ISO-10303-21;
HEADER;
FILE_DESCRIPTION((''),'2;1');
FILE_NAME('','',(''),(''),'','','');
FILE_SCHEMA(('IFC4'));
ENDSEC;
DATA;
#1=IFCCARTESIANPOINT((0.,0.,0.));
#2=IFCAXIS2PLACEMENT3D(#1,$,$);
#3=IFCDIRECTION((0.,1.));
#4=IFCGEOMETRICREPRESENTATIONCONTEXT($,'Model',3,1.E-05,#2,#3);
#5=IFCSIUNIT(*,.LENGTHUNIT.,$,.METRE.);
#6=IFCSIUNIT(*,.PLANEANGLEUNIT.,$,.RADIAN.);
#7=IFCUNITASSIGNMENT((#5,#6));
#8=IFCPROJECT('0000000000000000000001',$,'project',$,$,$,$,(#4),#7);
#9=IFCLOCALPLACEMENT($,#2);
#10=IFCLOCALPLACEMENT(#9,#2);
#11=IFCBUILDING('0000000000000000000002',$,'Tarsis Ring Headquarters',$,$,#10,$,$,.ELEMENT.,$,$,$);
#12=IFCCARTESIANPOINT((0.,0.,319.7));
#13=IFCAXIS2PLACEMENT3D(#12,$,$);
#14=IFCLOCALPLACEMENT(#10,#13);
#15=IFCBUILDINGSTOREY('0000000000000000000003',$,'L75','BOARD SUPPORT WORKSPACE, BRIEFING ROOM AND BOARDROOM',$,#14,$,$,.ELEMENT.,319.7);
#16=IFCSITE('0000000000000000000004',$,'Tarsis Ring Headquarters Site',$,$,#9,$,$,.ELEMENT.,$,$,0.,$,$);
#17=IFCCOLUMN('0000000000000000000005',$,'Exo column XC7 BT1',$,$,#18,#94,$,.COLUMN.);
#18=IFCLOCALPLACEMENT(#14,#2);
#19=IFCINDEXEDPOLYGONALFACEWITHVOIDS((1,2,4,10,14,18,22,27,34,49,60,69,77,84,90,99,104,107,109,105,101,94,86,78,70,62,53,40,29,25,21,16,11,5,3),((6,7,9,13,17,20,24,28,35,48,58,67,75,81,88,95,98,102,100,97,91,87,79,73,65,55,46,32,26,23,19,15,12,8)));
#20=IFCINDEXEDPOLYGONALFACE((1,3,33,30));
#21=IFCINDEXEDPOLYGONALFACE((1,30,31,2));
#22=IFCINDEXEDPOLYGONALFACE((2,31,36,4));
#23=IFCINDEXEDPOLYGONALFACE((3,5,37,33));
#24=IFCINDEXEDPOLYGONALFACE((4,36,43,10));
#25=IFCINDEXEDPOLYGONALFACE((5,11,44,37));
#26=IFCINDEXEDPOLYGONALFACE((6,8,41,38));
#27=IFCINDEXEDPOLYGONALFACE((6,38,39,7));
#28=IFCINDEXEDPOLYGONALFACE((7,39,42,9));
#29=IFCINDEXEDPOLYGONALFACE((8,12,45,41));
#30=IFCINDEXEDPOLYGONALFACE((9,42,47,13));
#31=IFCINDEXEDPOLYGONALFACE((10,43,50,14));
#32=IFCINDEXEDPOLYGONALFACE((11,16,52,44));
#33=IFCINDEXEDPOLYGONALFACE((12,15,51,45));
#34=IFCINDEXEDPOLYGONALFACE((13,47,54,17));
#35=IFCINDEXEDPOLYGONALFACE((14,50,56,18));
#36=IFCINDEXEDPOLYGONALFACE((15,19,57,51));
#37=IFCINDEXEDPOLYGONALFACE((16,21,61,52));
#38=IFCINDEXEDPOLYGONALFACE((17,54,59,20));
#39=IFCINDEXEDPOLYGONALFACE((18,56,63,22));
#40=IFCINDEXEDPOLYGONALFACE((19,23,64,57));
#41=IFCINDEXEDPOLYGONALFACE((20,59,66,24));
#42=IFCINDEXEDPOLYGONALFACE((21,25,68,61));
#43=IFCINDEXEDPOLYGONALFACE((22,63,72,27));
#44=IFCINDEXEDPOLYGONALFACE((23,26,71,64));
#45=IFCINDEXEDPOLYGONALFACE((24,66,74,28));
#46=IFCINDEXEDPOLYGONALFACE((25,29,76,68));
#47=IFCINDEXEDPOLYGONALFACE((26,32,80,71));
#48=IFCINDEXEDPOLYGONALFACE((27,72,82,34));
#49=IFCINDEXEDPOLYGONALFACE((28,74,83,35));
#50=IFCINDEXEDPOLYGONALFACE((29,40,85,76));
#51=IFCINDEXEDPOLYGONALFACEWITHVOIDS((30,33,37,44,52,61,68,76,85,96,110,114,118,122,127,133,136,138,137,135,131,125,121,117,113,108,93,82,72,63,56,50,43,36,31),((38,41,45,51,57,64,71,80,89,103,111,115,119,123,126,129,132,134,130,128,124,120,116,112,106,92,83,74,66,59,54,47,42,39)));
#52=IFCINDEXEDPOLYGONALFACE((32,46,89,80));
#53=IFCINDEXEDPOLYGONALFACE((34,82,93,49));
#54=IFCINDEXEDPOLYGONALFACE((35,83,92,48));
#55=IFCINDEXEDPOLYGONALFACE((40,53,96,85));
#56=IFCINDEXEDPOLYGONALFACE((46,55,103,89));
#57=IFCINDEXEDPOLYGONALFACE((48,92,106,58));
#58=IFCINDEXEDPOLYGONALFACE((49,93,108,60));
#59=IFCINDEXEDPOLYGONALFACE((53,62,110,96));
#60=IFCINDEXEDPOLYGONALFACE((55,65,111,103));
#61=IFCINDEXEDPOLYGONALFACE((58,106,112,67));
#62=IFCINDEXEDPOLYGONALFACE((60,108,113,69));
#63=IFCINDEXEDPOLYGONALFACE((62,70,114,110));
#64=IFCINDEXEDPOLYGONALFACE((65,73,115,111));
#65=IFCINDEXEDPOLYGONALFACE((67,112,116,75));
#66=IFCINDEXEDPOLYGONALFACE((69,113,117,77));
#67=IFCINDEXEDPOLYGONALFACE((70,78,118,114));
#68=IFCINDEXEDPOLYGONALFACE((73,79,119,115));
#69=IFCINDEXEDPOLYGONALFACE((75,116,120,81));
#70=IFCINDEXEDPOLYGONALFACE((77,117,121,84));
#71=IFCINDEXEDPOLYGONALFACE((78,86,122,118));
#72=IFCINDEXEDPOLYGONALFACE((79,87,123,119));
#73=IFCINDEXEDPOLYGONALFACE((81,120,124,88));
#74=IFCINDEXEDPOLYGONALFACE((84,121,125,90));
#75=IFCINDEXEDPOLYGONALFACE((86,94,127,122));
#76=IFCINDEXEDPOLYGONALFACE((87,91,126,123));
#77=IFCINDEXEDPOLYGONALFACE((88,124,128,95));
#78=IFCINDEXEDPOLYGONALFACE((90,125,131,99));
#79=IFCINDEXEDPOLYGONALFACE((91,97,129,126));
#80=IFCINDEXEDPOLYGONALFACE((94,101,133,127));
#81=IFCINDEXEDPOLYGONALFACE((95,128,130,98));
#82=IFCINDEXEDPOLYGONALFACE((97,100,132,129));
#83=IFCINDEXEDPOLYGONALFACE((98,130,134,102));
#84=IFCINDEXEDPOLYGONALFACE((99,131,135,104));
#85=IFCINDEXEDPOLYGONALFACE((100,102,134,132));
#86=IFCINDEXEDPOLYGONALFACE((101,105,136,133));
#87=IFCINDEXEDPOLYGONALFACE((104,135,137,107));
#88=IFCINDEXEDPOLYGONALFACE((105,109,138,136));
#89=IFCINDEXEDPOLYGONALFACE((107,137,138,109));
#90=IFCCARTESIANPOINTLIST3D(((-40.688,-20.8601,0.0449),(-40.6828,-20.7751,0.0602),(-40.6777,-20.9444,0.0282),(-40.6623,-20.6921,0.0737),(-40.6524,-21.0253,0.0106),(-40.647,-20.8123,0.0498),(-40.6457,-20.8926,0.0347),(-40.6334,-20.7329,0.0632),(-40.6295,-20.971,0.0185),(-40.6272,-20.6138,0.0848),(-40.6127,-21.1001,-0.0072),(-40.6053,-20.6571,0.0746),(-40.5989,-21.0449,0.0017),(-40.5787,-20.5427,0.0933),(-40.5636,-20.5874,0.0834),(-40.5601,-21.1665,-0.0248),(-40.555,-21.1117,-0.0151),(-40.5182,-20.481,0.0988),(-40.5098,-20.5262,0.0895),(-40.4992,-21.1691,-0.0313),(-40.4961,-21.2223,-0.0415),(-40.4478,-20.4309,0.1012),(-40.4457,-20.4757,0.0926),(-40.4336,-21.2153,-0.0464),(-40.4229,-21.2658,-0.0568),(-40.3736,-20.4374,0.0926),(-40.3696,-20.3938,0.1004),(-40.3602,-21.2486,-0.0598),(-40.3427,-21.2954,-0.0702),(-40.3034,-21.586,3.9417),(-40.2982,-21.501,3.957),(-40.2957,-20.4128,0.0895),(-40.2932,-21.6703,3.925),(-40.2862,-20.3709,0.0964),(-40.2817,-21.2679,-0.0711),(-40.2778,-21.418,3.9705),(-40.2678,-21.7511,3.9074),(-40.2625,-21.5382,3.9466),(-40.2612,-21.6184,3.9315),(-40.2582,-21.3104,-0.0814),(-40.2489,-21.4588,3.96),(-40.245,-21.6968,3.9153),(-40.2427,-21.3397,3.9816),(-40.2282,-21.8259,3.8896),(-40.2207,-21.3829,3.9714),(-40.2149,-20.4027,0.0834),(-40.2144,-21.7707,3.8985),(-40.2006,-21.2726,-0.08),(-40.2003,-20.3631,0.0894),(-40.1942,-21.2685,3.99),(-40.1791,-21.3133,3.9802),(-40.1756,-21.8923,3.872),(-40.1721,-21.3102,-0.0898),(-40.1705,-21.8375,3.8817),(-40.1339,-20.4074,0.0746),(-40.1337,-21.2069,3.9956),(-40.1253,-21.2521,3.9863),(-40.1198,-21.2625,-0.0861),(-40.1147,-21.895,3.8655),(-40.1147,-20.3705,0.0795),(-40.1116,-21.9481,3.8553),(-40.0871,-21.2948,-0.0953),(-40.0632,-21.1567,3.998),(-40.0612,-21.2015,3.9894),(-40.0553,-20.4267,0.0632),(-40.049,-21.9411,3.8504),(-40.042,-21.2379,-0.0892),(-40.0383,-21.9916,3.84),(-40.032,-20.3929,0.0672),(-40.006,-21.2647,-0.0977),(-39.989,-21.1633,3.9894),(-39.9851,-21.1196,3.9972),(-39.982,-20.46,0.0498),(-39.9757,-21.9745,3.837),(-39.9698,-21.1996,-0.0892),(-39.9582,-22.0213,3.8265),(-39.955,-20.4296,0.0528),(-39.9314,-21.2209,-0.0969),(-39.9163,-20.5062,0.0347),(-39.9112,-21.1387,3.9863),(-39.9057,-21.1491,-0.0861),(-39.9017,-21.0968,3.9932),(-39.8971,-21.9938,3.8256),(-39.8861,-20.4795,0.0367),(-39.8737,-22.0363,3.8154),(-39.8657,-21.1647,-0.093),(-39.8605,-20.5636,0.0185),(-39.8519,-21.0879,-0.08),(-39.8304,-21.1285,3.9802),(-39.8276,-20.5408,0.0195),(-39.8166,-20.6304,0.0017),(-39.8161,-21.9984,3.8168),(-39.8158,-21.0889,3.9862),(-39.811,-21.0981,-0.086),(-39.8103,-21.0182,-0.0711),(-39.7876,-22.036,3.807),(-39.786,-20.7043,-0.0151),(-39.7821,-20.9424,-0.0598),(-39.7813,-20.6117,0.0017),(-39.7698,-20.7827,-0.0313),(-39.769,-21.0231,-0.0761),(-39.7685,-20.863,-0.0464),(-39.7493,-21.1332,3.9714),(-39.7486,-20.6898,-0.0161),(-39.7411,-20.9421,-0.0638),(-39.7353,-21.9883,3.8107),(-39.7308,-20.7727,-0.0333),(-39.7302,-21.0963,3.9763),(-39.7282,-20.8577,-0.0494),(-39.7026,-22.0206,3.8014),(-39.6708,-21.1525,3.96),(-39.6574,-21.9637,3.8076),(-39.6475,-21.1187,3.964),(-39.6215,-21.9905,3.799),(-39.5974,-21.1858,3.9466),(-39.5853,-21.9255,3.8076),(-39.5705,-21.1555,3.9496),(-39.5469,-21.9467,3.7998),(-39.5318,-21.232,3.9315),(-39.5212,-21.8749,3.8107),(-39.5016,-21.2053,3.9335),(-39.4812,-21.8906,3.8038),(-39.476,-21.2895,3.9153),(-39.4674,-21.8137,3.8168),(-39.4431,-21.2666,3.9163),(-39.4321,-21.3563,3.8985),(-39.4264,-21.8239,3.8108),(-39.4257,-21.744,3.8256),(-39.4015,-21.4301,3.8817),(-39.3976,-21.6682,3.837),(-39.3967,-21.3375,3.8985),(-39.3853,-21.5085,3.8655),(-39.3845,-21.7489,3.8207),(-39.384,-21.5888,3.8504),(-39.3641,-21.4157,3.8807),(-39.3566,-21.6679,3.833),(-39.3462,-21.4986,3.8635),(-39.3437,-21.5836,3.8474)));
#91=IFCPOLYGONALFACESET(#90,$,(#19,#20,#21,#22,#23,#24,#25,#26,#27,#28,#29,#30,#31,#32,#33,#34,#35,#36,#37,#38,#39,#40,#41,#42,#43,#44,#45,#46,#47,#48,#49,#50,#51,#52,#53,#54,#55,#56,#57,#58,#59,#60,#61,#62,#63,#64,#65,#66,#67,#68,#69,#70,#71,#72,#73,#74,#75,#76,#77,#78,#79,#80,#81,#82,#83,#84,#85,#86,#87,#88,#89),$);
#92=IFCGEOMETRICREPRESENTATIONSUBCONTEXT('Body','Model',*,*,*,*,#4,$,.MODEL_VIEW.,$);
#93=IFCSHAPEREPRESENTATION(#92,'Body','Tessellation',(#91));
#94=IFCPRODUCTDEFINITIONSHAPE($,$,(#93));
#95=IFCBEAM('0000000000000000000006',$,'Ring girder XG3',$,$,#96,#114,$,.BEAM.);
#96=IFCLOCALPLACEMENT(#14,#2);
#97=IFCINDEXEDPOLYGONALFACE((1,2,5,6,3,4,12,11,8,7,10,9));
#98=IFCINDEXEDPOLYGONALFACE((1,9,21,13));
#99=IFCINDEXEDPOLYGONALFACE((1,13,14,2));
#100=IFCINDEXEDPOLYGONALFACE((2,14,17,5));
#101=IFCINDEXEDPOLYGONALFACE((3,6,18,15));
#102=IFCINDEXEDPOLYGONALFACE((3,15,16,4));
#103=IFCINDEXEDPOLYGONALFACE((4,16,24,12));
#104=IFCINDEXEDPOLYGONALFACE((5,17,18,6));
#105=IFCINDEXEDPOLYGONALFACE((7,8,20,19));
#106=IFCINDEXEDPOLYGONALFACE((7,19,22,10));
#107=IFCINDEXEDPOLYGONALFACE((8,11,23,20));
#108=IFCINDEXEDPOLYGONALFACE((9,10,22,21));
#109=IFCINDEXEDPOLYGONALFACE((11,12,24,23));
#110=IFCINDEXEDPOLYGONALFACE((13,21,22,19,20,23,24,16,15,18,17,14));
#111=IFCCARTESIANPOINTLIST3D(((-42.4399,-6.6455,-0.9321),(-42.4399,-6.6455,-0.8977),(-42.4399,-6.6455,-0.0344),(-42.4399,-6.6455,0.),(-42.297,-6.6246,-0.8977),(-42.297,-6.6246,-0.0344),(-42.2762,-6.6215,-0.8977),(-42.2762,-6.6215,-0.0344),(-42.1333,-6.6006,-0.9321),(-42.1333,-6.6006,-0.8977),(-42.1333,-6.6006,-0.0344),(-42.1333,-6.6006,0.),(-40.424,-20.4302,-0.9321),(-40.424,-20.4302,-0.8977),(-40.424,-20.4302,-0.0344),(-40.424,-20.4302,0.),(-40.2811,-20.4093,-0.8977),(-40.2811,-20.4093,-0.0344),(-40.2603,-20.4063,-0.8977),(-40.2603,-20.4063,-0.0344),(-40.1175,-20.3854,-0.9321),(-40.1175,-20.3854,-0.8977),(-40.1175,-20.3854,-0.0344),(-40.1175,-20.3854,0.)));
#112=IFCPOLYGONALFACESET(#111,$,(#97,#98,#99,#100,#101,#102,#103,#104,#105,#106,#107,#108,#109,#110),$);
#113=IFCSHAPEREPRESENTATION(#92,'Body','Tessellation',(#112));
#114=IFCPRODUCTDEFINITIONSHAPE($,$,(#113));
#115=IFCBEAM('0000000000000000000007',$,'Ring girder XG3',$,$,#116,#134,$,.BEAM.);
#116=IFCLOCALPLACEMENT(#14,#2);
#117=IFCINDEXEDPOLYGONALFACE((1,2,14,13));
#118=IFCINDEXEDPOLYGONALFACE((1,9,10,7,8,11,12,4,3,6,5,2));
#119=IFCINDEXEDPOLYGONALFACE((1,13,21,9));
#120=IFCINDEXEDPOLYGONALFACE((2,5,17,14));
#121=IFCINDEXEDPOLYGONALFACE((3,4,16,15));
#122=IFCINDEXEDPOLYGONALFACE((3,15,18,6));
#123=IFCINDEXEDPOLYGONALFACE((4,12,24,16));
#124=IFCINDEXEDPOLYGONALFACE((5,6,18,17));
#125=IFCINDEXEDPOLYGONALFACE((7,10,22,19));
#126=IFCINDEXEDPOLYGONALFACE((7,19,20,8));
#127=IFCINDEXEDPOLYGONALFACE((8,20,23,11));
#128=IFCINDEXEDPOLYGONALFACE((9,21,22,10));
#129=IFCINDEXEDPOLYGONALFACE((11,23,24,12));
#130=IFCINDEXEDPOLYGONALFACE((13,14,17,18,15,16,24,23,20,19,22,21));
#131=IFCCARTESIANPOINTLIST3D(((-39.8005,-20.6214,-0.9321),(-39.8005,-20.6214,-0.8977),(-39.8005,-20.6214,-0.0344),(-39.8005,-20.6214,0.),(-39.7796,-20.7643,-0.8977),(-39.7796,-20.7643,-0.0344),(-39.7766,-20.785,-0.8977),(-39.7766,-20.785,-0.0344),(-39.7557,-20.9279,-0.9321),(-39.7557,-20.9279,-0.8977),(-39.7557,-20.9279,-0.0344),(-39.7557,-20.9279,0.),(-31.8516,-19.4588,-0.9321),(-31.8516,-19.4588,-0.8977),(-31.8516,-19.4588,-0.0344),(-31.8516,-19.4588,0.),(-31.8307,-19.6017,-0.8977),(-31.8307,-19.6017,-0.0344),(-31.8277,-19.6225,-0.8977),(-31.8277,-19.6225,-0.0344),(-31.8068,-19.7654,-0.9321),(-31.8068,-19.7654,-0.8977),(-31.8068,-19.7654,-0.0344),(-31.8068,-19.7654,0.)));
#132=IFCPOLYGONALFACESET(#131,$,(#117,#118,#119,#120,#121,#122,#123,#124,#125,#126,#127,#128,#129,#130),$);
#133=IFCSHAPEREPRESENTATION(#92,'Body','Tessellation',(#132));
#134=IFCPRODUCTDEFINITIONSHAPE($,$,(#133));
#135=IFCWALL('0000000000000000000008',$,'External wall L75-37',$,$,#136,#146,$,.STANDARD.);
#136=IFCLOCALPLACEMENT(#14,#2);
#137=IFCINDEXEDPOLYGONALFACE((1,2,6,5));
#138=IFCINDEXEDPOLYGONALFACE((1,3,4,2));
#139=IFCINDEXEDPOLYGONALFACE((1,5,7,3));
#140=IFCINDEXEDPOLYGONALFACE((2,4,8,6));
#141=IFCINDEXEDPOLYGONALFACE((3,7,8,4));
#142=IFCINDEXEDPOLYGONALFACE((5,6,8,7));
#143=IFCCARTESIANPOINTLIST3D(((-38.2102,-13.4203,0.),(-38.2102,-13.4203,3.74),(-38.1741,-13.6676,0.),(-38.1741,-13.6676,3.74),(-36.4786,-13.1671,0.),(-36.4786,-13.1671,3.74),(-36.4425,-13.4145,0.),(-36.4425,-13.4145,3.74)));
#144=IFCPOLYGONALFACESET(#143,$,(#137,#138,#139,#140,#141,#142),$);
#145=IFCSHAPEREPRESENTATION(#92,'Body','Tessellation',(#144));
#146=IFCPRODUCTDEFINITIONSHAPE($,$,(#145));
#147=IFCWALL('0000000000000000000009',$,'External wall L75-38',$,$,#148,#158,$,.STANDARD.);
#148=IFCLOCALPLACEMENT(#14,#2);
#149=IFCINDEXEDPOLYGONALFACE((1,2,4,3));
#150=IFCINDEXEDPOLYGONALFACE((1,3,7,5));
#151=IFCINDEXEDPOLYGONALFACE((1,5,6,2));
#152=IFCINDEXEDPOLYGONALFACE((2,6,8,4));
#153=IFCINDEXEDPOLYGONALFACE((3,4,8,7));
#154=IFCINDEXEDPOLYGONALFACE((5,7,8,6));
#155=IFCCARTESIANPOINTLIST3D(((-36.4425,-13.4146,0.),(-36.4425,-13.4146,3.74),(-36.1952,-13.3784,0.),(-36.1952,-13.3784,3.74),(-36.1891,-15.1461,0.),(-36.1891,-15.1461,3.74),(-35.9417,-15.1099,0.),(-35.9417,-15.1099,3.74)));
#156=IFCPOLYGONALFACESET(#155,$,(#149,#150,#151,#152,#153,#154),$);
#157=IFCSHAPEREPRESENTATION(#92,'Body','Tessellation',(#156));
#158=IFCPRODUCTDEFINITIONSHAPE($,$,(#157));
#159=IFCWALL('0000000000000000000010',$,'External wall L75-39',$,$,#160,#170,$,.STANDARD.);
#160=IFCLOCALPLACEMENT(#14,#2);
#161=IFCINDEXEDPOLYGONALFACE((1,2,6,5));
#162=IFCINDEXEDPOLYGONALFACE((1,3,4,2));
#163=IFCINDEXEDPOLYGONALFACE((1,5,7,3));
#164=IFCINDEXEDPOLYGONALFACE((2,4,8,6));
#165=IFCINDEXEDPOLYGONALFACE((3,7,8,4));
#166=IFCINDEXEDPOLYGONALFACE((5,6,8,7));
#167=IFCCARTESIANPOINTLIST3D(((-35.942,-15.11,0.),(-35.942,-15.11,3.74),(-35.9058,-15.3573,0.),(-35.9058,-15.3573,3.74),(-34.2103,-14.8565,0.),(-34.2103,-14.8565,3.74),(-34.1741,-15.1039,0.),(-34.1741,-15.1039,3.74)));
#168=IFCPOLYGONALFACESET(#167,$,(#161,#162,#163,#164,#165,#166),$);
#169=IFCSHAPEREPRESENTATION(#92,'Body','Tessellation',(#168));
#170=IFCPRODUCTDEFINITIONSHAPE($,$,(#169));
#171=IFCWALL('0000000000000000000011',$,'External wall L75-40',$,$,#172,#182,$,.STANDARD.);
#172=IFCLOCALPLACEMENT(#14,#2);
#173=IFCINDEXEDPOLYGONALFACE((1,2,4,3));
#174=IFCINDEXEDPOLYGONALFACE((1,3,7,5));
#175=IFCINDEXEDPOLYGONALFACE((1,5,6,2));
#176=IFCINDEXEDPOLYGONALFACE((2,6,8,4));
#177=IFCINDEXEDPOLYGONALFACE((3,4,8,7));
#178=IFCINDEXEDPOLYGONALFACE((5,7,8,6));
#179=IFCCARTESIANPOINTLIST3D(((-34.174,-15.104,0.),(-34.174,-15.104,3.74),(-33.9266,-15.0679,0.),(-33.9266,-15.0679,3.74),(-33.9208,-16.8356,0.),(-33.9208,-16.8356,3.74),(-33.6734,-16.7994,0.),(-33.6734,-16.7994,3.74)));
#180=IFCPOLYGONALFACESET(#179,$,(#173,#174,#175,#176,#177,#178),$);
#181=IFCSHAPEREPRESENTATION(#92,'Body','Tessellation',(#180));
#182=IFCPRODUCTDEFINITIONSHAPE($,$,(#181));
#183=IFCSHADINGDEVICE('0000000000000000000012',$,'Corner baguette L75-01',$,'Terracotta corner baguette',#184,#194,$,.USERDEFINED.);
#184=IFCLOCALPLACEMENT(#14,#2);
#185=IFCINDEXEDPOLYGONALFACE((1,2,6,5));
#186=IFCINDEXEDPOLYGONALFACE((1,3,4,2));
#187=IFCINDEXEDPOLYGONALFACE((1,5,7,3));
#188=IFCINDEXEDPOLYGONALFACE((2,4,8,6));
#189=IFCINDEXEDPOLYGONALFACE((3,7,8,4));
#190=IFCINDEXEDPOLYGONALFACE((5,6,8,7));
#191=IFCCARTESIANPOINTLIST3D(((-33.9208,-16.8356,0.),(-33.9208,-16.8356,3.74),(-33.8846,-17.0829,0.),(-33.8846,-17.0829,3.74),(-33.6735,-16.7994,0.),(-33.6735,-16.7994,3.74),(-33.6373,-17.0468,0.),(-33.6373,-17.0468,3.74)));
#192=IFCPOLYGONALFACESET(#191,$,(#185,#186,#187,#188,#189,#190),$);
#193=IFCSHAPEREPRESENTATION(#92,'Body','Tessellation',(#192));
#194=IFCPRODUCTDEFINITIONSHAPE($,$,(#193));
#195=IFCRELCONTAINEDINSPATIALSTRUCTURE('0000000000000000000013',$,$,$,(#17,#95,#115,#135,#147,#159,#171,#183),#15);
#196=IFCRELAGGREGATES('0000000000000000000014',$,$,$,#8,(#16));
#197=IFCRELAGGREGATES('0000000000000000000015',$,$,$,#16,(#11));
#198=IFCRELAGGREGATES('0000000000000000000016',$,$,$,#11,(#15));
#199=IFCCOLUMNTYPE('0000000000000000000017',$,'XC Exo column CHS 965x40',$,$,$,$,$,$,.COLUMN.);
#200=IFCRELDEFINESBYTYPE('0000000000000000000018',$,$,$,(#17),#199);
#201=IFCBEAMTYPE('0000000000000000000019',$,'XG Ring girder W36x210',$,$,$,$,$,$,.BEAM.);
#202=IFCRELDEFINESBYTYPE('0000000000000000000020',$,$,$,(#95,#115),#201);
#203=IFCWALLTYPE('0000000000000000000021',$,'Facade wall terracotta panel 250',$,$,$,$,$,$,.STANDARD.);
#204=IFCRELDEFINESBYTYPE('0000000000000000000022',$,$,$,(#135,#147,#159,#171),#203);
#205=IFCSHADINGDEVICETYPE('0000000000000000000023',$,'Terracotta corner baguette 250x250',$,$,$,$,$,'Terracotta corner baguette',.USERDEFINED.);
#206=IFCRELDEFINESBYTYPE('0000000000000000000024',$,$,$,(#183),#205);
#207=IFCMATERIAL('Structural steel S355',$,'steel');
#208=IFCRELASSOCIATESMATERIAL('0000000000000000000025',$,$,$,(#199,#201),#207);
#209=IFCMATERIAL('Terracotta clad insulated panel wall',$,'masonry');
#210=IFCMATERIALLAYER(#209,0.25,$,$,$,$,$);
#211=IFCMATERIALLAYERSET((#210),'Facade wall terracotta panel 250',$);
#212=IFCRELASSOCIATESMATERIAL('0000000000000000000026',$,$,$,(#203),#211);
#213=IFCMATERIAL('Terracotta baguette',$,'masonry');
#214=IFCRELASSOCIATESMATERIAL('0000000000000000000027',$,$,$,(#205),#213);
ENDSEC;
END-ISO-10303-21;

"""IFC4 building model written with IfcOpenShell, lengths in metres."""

from ifc_helpers import new_model, si_unit, direction, frame, frame_2d, origin, origin_2d, place, context, subcontext, project, spatial, rectangle, hollow_circle, i_section, extrude, material, layer, layer_set, material_profile, profile_set, type_object, element, save


model = new_model("IFC4")

# Units and contexts
model_context = context("Model", 3, precision=1e-05, world=origin(), true_north=direction((0.0, 1.0)))
body_context = subcontext(model_context, "Body", "Model", "MODEL_VIEW")
ifc_project = project(units=[si_unit("LENGTHUNIT", "METRE"), si_unit("PLANEANGLEUNIT", "RADIAN")], contexts=[model_context])

# Site, building, storey
site_placement = place(None, origin())
site = spatial("IfcSite", under=ifc_project, at=site_placement, Name="Tarsis Ring Headquarters Site", CompositionType="ELEMENT", RefElevation=0.0)
building_placement = place(site_placement, origin())
building = spatial("IfcBuilding", under=site, at=building_placement, Name="Tarsis Ring Headquarters", CompositionType="ELEMENT")
storey_placement = place(building_placement, frame((0.0, 0.0, 319.7)))
storey = spatial("IfcBuildingStorey", under=building, at=storey_placement, Name="L75", Description="BOARD SUPPORT WORKSPACE, BRIEFING ROOM AND BOARDROOM", CompositionType="ELEMENT", Elevation=319.7)

# Column
ifc_material_1 = material(Name="Structural steel S355", Category="steel")
ifc_material_profile_1 = material_profile(ifc_material_1, hollow_circle(Radius=0.4827, WallThickness=0.04, at=origin_2d()), Name="CHS 965x40")
ifc_profile_set_1 = profile_set([ifc_material_profile_1], Name="Structural steel S355")
column_type = type_object("IfcColumnType", Name="XC Exo column CHS 965x40", PredefinedType="COLUMN", material=ifc_profile_set_1)
column_placement = place(storey_placement, frame((-40.2078, -20.8376, 0.0017), z_axis=(0.096556, -0.182261, 0.978498), x_axis=(0.883658, 0.468134, 0.0)))
element("IfcColumn", 1, at=column_placement, inside=storey, type_object=column_type, Name="Exo column XC7 BT1", PredefinedType="COLUMN", context=body_context, shape_type="SweptSolid", body=[
    extrude(hollow_circle(Radius=0.4827, WallThickness=0.04, at=origin_2d()), origin(), (0.0, 0.0, 1.0), 3.9824),
])

# Beams
ifc_material_profile_2 = material_profile(ifc_material_1, i_section(OverallWidth=0.3098, OverallDepth=0.9321, WebThickness=0.021, FlangeThickness=0.0344, at=origin_2d()), Name="W36x210")
ifc_profile_set_2 = profile_set([ifc_material_profile_2], Name="Structural steel S355")
beam_type = type_object("IfcBeamType", Name="XG Ring girder W36x210", PredefinedType="BEAM", material=ifc_profile_set_2)
beam_1_placement = place(storey_placement, frame((-42.2866, -6.623, -0.4661), z_axis=(0.144701, -0.989475, 0.0), x_axis=(0.989475, 0.144701, 0.0)))
element("IfcBeam", 2, at=beam_1_placement, inside=storey, type_object=beam_type, Name="Ring girder XG3", PredefinedType="BEAM", context=body_context, shape_type="SweptSolid", body=[
    extrude(i_section(OverallWidth=0.3098, OverallDepth=0.9321, WebThickness=0.021, FlangeThickness=0.0344, at=origin_2d()), origin(), (0.0, 0.0, 1.0), 13.9314),
])
beam_2_placement = place(storey_placement, frame((-39.7781, -20.7747, -0.4661), z_axis=(0.989473, 0.144718, 0.0), x_axis=(-0.144718, 0.989473, 0.0)))
element("IfcBeam", 3, at=beam_2_placement, inside=storey, type_object=beam_type, Name="Ring girder XG3", PredefinedType="BEAM", context=body_context, shape_type="SweptSolid", body=[
    extrude(i_section(OverallWidth=0.3098, OverallDepth=0.9321, WebThickness=0.021, FlangeThickness=0.0344, at=origin_2d()), origin(), (0.0, 0.0, 1.0), 8.0334),
])

# Walls
ifc_material_2 = material(Name="Terracotta clad insulated panel wall", Category="masonry")
ifc_layer = layer(ifc_material_2, 0.25)
ifc_layer_set = layer_set([ifc_layer], Name="Facade wall terracotta panel 250")
wall_type = type_object("IfcWallType", Name="Facade wall terracotta panel 250", PredefinedType="STANDARD", material=ifc_layer_set)
for number, where, z_axis, x_axis, name in (
    (4, (-38.1921, -13.5439, 0.0), (0.0, 0.0, 1.0), (0.989481, 0.144663, 0.0), "External wall L75-37"),
    (5, (-36.3188, -13.3965, 0.0), (0.0, 0.0, 1.0), (0.144819, -0.989458, 0.0), "External wall L75-38"),
):
    element("IfcWall", number, at=place(storey_placement, frame(where, z_axis=z_axis, x_axis=x_axis)), inside=storey, type_object=wall_type, Name=name, PredefinedType="STANDARD", context=body_context, shape_type="SweptSolid", body=[
        extrude(rectangle(XDim=1.75, YDim=0.25, at=frame_2d((0.875, 0.0))), origin(), (0.0, 0.0, 1.0), 3.74),
    ])
wall_1_placement = place(storey_placement, frame((-35.9238, -15.2336, 0.0), z_axis=(0.0, 0.0, 1.0), x_axis=(0.989461, 0.144799, 0.0)))
element("IfcWall", 6, at=wall_1_placement, inside=storey, type_object=wall_type, Name="External wall L75-39", PredefinedType="STANDARD", context=body_context, shape_type="SweptSolid", body=[
    extrude(rectangle(XDim=1.7502, YDim=0.25, at=frame_2d((0.875, 0.0))), origin(), (0.0, 0.0, 1.0), 3.74),
])
wall_2_placement = place(storey_placement, frame((-34.0503, -15.0859, 0.0), z_axis=(0.0, 0.0, 1.0), x_axis=(0.144663, -0.989481, 0.0)))
element("IfcWall", 7, at=wall_2_placement, inside=storey, type_object=wall_type, Name="External wall L75-40", PredefinedType="STANDARD", context=body_context, shape_type="SweptSolid", body=[
    extrude(rectangle(XDim=1.75, YDim=0.25, at=frame_2d((0.875, 0.0))), origin(), (0.0, 0.0, 1.0), 3.74),
])

# Shading device
ifc_material_3 = material(Name="Terracotta baguette", Category="masonry")
shading_device_type_1 = type_object("IfcShadingDeviceType", Name="Terracotta corner baguette 250x250", ElementType="Terracotta corner baguette", PredefinedType="USERDEFINED", material=ifc_material_3)
for number, where, z_axis, x_axis, name in (
    (8, (-33.7791, -16.9412, 0.0), (0.0, 0.0, 1.0), (0.144702, -0.989475, 0.0), "Corner baguette L75-01"),
):
    element("IfcShadingDevice", number, at=place(storey_placement, frame(where, z_axis=z_axis, x_axis=x_axis)), inside=storey, type_object=shading_device_type_1, Name=name, ObjectType="Terracotta corner baguette", PredefinedType="USERDEFINED", context=body_context, shape_type="SweptSolid", body=[
        extrude(rectangle(XDim=0.25, YDim=0.25, at=origin_2d()), origin(), (0.0, 0.0, 1.0), 3.74),
    ])

save(model, "model.ifc")
